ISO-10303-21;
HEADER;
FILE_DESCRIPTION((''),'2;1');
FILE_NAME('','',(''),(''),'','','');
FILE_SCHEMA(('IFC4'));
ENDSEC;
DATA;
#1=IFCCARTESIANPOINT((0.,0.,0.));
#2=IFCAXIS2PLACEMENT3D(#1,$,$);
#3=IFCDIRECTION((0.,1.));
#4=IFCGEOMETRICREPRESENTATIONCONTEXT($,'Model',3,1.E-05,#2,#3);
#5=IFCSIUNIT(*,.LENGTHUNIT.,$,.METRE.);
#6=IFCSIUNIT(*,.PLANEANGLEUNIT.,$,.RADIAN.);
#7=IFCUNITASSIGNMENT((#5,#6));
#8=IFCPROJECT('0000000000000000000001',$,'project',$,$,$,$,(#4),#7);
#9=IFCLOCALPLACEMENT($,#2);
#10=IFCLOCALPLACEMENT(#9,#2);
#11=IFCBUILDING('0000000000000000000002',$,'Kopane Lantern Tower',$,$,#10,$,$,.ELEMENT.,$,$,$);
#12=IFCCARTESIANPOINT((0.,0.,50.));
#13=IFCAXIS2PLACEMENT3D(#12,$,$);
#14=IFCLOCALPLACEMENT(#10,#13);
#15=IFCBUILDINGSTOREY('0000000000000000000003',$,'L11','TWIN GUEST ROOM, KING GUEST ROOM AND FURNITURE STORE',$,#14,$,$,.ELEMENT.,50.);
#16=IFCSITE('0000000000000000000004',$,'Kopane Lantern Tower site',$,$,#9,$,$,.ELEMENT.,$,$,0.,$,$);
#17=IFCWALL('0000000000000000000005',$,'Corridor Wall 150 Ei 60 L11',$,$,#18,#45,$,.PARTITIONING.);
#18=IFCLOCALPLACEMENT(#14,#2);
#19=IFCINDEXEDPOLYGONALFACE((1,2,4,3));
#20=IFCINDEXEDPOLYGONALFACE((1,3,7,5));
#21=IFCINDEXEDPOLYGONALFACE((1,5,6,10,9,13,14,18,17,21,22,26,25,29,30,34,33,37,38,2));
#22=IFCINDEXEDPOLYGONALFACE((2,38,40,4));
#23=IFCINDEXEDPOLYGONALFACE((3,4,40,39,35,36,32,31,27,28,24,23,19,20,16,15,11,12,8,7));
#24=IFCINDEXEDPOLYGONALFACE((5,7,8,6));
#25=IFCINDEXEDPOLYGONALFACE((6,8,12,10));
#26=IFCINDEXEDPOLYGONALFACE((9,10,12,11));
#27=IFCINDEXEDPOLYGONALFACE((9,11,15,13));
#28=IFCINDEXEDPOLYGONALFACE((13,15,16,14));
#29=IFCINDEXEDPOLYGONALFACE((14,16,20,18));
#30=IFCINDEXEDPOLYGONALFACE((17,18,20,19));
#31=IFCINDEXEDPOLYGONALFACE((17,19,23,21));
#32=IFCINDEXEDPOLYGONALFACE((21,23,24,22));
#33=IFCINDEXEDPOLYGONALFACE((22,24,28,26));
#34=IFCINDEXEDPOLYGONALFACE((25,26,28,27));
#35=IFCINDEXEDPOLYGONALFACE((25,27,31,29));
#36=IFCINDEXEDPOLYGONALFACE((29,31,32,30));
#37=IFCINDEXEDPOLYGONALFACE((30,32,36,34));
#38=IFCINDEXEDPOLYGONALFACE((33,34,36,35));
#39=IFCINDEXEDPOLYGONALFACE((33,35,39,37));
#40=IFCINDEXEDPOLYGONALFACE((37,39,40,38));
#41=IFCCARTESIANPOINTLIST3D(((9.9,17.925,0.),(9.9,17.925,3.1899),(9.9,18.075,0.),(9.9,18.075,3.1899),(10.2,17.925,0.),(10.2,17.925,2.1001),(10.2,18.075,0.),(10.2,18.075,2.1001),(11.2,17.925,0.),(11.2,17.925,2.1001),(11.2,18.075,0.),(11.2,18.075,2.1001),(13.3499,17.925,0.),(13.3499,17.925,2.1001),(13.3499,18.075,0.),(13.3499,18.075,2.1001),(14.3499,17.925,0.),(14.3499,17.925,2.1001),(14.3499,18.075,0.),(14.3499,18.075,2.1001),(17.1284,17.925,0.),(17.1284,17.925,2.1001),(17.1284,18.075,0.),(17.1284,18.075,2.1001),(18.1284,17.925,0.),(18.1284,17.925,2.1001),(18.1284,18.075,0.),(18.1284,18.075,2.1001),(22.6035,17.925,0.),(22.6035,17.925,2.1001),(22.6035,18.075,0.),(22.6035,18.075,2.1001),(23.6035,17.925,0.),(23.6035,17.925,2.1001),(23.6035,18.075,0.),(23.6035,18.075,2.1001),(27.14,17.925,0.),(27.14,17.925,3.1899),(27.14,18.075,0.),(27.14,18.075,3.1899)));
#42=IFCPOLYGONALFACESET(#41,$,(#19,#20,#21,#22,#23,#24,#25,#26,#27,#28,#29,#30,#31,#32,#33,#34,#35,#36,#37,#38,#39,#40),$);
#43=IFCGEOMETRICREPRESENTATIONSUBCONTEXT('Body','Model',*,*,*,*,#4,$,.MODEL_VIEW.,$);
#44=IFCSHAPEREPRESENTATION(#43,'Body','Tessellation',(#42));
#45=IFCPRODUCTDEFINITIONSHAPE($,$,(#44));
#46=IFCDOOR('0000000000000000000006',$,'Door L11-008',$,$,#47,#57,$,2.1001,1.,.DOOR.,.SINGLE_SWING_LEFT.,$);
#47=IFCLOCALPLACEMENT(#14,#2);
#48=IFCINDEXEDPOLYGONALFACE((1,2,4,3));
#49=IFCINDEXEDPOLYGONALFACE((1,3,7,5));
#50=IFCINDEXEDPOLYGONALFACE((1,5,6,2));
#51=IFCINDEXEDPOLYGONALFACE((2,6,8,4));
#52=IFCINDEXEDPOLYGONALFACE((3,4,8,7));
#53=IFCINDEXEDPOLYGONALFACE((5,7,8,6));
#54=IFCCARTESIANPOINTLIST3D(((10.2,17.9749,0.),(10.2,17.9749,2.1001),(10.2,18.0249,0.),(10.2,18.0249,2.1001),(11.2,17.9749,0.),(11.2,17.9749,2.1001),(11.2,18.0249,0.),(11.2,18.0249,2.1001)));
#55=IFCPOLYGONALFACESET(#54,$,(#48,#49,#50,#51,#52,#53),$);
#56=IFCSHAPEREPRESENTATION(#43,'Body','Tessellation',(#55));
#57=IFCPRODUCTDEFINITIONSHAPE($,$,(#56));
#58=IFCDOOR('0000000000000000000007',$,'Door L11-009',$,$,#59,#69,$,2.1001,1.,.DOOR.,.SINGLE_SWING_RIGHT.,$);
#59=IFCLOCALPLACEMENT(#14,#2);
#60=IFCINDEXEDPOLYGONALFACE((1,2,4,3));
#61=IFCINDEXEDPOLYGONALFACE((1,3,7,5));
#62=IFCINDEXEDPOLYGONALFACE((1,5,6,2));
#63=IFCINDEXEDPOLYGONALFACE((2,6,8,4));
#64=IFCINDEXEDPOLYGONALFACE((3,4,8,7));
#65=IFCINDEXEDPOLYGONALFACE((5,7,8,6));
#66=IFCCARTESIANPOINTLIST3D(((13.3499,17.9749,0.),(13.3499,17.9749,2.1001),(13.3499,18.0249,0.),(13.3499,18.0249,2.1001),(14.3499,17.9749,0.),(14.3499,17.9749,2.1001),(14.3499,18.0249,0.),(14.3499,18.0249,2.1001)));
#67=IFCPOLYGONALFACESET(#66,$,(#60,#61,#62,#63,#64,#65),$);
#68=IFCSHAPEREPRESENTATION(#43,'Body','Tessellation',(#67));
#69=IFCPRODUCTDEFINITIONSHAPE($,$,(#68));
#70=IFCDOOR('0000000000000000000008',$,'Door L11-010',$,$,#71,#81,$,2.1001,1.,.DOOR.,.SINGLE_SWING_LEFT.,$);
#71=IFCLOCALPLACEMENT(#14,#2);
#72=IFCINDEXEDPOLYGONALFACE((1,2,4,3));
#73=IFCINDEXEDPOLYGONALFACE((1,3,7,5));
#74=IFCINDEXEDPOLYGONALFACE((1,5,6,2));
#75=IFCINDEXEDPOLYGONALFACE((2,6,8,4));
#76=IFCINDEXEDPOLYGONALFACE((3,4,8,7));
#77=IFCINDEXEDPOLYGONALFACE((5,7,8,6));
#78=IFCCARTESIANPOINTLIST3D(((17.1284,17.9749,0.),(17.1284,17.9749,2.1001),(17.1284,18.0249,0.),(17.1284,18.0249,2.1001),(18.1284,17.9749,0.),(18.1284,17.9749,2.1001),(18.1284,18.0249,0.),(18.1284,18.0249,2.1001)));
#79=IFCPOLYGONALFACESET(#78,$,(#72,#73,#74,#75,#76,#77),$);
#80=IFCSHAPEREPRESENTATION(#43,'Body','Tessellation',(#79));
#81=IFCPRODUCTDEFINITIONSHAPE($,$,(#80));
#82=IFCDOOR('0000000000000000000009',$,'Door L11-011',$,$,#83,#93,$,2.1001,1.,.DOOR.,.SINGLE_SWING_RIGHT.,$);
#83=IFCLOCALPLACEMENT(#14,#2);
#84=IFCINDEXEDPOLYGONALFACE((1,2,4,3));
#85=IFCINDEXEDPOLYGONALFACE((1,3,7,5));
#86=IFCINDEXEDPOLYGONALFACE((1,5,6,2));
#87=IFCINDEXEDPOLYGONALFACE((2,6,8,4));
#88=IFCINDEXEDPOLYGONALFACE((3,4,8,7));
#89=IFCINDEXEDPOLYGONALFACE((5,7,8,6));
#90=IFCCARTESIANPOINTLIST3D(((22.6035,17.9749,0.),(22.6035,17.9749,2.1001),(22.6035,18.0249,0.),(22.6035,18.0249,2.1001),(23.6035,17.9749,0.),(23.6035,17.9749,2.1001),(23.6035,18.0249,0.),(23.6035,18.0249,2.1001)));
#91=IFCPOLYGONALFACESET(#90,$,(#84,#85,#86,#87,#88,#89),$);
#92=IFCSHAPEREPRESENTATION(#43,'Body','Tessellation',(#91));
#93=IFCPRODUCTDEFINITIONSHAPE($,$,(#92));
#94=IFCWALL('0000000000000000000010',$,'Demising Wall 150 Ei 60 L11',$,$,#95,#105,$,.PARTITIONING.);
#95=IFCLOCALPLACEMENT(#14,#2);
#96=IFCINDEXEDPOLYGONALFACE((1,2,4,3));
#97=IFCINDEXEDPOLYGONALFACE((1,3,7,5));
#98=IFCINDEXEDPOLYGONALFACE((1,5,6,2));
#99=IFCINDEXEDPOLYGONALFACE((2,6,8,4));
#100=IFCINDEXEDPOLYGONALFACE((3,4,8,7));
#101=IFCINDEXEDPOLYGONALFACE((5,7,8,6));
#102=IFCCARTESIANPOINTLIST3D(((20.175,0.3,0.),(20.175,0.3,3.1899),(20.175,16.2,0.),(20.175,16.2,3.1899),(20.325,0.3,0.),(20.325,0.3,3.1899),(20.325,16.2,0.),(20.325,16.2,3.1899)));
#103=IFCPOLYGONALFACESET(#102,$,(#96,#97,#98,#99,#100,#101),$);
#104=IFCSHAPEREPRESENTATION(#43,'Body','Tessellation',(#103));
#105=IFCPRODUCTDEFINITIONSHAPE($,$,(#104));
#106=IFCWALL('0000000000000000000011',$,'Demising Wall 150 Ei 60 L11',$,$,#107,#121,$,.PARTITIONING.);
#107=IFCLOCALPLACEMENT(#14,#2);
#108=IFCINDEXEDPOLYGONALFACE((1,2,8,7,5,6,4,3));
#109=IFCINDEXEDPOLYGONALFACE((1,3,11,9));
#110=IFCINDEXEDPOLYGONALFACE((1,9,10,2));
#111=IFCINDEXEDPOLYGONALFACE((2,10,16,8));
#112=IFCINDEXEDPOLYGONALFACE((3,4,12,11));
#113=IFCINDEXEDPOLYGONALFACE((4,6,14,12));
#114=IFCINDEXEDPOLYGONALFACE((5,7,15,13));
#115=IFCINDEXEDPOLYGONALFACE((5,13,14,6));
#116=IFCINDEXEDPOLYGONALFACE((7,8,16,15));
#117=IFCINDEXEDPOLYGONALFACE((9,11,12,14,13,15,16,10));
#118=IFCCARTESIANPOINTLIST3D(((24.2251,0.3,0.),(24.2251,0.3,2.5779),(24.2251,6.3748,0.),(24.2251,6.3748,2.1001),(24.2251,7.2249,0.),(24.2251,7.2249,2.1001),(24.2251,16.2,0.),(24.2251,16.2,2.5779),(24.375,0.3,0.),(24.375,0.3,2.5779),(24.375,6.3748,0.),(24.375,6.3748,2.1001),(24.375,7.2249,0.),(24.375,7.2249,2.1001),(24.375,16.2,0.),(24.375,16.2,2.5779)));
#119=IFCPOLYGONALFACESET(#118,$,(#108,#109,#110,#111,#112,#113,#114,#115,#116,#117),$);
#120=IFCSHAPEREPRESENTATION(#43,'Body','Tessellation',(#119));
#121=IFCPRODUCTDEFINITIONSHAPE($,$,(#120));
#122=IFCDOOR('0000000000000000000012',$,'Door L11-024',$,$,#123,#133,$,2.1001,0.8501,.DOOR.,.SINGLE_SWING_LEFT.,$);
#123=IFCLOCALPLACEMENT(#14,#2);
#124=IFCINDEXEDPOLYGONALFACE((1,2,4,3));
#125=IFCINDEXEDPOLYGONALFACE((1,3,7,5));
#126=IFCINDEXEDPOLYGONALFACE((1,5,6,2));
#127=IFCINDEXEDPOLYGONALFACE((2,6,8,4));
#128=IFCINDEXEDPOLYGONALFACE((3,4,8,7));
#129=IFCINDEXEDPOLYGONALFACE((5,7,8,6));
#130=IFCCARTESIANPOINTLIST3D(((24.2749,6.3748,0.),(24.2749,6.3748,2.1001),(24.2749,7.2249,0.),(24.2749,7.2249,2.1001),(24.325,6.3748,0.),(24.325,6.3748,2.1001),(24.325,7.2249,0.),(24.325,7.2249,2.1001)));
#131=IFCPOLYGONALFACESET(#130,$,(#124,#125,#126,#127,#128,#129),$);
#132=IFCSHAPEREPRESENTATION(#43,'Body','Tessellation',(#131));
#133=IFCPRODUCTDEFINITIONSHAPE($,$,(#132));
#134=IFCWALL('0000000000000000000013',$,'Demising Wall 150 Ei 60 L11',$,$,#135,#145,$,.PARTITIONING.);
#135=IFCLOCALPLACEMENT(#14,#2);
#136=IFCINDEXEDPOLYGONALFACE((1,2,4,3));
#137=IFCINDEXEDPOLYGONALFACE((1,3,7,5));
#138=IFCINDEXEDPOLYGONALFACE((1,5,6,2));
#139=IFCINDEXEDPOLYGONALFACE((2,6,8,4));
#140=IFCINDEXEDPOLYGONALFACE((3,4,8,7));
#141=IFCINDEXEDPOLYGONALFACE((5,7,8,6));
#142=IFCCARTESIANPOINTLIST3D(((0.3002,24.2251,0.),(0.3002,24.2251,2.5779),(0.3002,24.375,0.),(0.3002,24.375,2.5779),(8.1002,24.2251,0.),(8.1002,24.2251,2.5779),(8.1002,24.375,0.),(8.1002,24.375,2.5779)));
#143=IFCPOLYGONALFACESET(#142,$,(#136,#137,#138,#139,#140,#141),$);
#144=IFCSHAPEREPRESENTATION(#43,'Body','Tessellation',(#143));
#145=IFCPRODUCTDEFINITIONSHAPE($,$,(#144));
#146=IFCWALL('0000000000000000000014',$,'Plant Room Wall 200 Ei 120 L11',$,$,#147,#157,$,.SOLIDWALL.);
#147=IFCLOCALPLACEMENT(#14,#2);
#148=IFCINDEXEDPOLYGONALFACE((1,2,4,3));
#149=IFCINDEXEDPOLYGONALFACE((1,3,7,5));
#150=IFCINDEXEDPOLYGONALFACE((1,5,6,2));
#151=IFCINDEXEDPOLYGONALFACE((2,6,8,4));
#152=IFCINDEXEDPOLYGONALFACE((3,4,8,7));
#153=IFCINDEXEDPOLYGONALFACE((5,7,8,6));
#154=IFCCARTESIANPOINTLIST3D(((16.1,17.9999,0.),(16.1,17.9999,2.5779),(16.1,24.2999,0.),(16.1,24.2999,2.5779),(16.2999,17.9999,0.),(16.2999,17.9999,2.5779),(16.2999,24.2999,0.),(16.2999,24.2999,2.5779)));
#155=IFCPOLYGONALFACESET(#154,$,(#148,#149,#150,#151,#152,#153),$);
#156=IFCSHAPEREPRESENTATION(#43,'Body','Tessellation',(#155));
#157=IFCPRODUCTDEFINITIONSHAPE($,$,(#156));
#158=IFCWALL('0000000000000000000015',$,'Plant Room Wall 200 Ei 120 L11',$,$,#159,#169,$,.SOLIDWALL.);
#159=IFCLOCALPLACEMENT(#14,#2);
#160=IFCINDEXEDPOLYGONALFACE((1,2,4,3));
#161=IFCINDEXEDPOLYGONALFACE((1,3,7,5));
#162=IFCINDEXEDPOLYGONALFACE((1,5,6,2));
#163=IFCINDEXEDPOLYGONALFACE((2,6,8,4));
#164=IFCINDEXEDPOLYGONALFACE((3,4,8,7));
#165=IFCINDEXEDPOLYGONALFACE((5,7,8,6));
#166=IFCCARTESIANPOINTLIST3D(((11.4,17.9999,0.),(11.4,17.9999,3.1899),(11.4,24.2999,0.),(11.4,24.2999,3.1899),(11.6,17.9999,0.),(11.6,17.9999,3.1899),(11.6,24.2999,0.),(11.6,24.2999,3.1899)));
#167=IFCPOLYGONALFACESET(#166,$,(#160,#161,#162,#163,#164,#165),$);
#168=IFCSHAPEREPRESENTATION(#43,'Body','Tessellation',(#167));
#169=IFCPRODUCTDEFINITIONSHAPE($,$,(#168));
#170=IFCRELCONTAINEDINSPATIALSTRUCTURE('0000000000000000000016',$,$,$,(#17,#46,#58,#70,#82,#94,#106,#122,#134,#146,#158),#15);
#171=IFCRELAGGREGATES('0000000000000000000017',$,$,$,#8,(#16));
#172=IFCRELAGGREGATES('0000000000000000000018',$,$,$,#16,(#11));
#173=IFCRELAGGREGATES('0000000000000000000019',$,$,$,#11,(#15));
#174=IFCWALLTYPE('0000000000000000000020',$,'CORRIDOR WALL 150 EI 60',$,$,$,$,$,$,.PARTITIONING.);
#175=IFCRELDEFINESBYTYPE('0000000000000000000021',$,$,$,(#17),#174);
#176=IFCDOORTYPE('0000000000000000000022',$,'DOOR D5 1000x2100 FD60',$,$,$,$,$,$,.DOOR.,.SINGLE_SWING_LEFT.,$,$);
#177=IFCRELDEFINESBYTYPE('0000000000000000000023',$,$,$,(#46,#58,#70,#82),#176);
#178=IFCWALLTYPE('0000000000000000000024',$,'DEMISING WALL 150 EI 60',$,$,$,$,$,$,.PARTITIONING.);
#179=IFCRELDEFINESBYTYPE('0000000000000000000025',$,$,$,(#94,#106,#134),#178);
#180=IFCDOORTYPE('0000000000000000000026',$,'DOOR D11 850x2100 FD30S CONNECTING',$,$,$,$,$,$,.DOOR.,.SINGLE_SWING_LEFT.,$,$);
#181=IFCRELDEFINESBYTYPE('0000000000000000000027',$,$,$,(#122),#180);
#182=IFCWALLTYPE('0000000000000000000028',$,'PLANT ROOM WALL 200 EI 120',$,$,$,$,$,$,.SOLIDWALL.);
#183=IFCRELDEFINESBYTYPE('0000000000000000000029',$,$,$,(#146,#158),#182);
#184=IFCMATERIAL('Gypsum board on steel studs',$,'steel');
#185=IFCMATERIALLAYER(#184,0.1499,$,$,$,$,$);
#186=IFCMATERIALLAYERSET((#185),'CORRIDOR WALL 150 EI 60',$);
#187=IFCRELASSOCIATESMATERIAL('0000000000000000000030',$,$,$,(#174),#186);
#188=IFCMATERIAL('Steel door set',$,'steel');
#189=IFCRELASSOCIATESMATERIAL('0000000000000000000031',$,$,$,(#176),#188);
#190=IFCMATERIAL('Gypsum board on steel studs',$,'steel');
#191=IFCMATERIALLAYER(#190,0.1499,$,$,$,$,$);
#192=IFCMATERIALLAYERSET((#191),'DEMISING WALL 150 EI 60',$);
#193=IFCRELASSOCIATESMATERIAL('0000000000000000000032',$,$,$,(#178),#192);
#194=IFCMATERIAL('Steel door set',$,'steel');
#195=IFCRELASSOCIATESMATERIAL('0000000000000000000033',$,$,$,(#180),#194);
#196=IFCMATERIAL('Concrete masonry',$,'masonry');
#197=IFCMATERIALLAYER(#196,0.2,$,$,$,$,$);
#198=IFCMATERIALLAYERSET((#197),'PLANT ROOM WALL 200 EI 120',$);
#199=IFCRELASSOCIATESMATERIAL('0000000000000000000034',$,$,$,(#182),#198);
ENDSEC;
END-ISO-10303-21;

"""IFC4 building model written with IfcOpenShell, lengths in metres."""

from ifc_helpers import new_model, si_unit, direction, frame, frame_2d, origin, place, context, subcontext, project, spatial, rectangle, extrude, material, layer, layer_set, type_object, element, fill, save


model = new_model("IFC4")

# Units and contexts
model_context = context("Model", 3, precision=1e-05, world=origin(), true_north=direction((0.0, 1.0)))
body_context = subcontext(model_context, "Body", "Model", "MODEL_VIEW")
ifc_project = project(units=[si_unit("LENGTHUNIT", "METRE"), si_unit("PLANEANGLEUNIT", "RADIAN")], contexts=[model_context])

# Site, building, storey
site_placement = place(None, origin())
site = spatial("IfcSite", under=ifc_project, at=site_placement, Name="Kopane Lantern Tower site", CompositionType="ELEMENT", RefElevation=0.0)
building_placement = place(site_placement, origin())
building = spatial("IfcBuilding", under=site, at=building_placement, Name="Kopane Lantern Tower", CompositionType="ELEMENT")
storey_placement = place(building_placement, frame((0.0, 0.0, 50.0)))
storey = spatial("IfcBuildingStorey", under=building, at=storey_placement, Name="L11", Description="TWIN GUEST ROOM, KING GUEST ROOM AND FURNITURE STORE", CompositionType="ELEMENT", Elevation=50.0)

# Wall, openings, doors
ifc_material_1 = material(Name="Gypsum board on steel studs", Category="steel")
ifc_layer_1 = layer(ifc_material_1, 0.1499)
ifc_layer_set_1 = layer_set([ifc_layer_1], Name="CORRIDOR WALL 150 EI 60")
wall_type_1 = type_object("IfcWallType", Name="CORRIDOR WALL 150 EI 60", PredefinedType="PARTITIONING", material=ifc_layer_set_1)
wall_1_placement = place(storey_placement, frame((9.8999, 18.0, 0.0), z_axis=(0.0, 0.0, 1.0), x_axis=(1.0, 0.0, 0.0)))
wall_1 = element("IfcWall", 1, at=wall_1_placement, inside=storey, type_object=wall_type_1, Name="Corridor Wall 150 Ei 60 L11", PredefinedType="PARTITIONING", context=body_context, shape_type="SweptSolid", body=[
    extrude(rectangle(XDim=17.24, YDim=0.1499, at=frame_2d((8.6201, 0.0))), origin(), (0.0, 0.0, 1.0), 3.1899),
])
opening_1_placement = place(wall_1_placement, frame((0.3, 0.0, 0.0)))
opening_1 = element("IfcOpeningElement", 2, at=opening_1_placement, cuts=wall_1, PredefinedType="OPENING", context=body_context, shape_type="SweptSolid", body=[
    extrude(rectangle(XDim=1.0, YDim=2.1001, at=frame_2d((0.5, 1.05))), frame((0.0, 0.085, 0.0), z_axis=(0.0, -1.0, 0.0), x_axis=(1.0, 0.0, 0.0)), (0.0, 0.0, 1.0), 0.1699),
])
opening_2_placement = place(wall_1_placement, frame((3.45, 0.0, 0.0)))
opening_2 = element("IfcOpeningElement", 3, at=opening_2_placement, cuts=wall_1, PredefinedType="OPENING", context=body_context, shape_type="SweptSolid", body=[
    extrude(rectangle(XDim=1.0, YDim=2.1001, at=frame_2d((0.5, 1.05))), frame((0.0, 0.085, 0.0), z_axis=(0.0, -1.0, 0.0), x_axis=(1.0, 0.0, 0.0)), (0.0, 0.0, 1.0), 0.1699),
])
opening_3_placement = place(wall_1_placement, frame((7.2285, 0.0, 0.0)))
opening_3 = element("IfcOpeningElement", 4, at=opening_3_placement, cuts=wall_1, PredefinedType="OPENING", context=body_context, shape_type="SweptSolid", body=[
    extrude(rectangle(XDim=1.0, YDim=2.1001, at=frame_2d((0.5, 1.05))), frame((0.0, 0.085, 0.0), z_axis=(0.0, -1.0, 0.0), x_axis=(1.0, 0.0, 0.0)), (0.0, 0.0, 1.0), 0.1699),
])
opening_4_placement = place(wall_1_placement, frame((12.7036, 0.0, 0.0)))
opening_4 = element("IfcOpeningElement", 5, at=opening_4_placement, cuts=wall_1, PredefinedType="OPENING", context=body_context, shape_type="SweptSolid", body=[
    extrude(rectangle(XDim=1.0, YDim=2.1001, at=frame_2d((0.5, 1.05))), frame((0.0, 0.085, 0.0), z_axis=(0.0, -1.0, 0.0), x_axis=(1.0, 0.0, 0.0)), (0.0, 0.0, 1.0), 0.1699),
])
ifc_material_2 = material(Name="Steel door set", Category="steel")
door_type_1 = type_object("IfcDoorType", Name="DOOR D5 1000x2100 FD60", OperationType="SINGLE_SWING_LEFT", PredefinedType="DOOR", material=ifc_material_2)
door_1_placement = place(opening_1_placement, origin())
door_1 = element("IfcDoor", 6, at=door_1_placement, inside=storey, type_object=door_type_1, Name="Door L11-008", OperationType="SINGLE_SWING_LEFT", OverallHeight=2.1001, OverallWidth=1.0, PredefinedType="DOOR", context=body_context, shape_type="SweptSolid", body=[
    extrude(rectangle(XDim=1.0, YDim=2.1001, at=frame_2d((0.5, 1.05))), frame((0.0, 0.0249, 0.0), z_axis=(0.0, -1.0, 0.0), x_axis=(1.0, 0.0, 0.0)), (0.0, 0.0, 1.0), 0.05),
])
fill(opening_1, door_1)
door_2_placement = place(opening_2_placement, origin())
door_2 = element("IfcDoor", 7, at=door_2_placement, inside=storey, type_object=door_type_1, Name="Door L11-009", OperationType="SINGLE_SWING_RIGHT", OverallHeight=2.1001, OverallWidth=1.0, PredefinedType="DOOR", context=body_context, shape_type="SweptSolid", body=[
    extrude(rectangle(XDim=1.0, YDim=2.1001, at=frame_2d((0.5, 1.05))), frame((0.0, 0.0249, 0.0), z_axis=(0.0, -1.0, 0.0), x_axis=(1.0, 0.0, 0.0)), (0.0, 0.0, 1.0), 0.05),
])
fill(opening_2, door_2)
door_3_placement = place(opening_3_placement, origin())
door_3 = element("IfcDoor", 8, at=door_3_placement, inside=storey, type_object=door_type_1, Name="Door L11-010", OperationType="SINGLE_SWING_LEFT", OverallHeight=2.1001, OverallWidth=1.0, PredefinedType="DOOR", context=body_context, shape_type="SweptSolid", body=[
    extrude(rectangle(XDim=1.0, YDim=2.1001, at=frame_2d((0.5, 1.05))), frame((0.0, 0.0249, 0.0), z_axis=(0.0, -1.0, 0.0), x_axis=(1.0, 0.0, 0.0)), (0.0, 0.0, 1.0), 0.05),
])
fill(opening_3, door_3)
door_4_placement = place(opening_4_placement, origin())
door_4 = element("IfcDoor", 9, at=door_4_placement, inside=storey, type_object=door_type_1, Name="Door L11-011", OperationType="SINGLE_SWING_RIGHT", OverallHeight=2.1001, OverallWidth=1.0, PredefinedType="DOOR", context=body_context, shape_type="SweptSolid", body=[
    extrude(rectangle(XDim=1.0, YDim=2.1001, at=frame_2d((0.5, 1.05))), frame((0.0, 0.0249, 0.0), z_axis=(0.0, -1.0, 0.0), x_axis=(1.0, 0.0, 0.0)), (0.0, 0.0, 1.0), 0.05),
])
fill(opening_4, door_4)

# Wall
ifc_material_3 = material(Name="Gypsum board on steel studs", Category="steel")
ifc_layer_2 = layer(ifc_material_3, 0.1499)
ifc_layer_set_2 = layer_set([ifc_layer_2], Name="DEMISING WALL 150 EI 60")
wall_type_2 = type_object("IfcWallType", Name="DEMISING WALL 150 EI 60", PredefinedType="PARTITIONING", material=ifc_layer_set_2)
wall_2_placement = place(storey_placement, frame((20.25, 16.2, 0.0), z_axis=(0.0, 0.0, 1.0), x_axis=(0.0, -1.0, 0.0)))
element("IfcWall", 10, at=wall_2_placement, inside=storey, type_object=wall_type_2, Name="Demising Wall 150 Ei 60 L11", PredefinedType="PARTITIONING", context=body_context, shape_type="SweptSolid", body=[
    extrude(rectangle(XDim=15.8999, YDim=0.1499, at=frame_2d((7.95, 0.0))), origin(), (0.0, 0.0, 1.0), 3.1899),
])

# Wall, opening, door
wall_3_placement = place(storey_placement, frame((24.3, 16.2, 0.0), z_axis=(0.0, 0.0, 1.0), x_axis=(0.0, -1.0, 0.0)))
wall_3 = element("IfcWall", 11, at=wall_3_placement, inside=storey, type_object=wall_type_2, Name="Demising Wall 150 Ei 60 L11", PredefinedType="PARTITIONING", context=body_context, shape_type="SweptSolid", body=[
    extrude(rectangle(XDim=15.8999, YDim=0.1499, at=frame_2d((7.95, 0.0))), origin(), (0.0, 0.0, 1.0), 2.5779),
])
opening_5_placement = place(wall_3_placement, frame((8.9751, 0.0, 0.0)))
opening_5 = element("IfcOpeningElement", 12, at=opening_5_placement, cuts=wall_3, PredefinedType="OPENING", context=body_context, shape_type="SweptSolid", body=[
    extrude(rectangle(XDim=0.8501, YDim=2.1001, at=frame_2d((0.425, 1.05))), frame((0.0, 0.085, 0.0), z_axis=(0.0, -1.0, 0.0), x_axis=(1.0, 0.0, 0.0)), (0.0, 0.0, 1.0), 0.1699),
])
ifc_material_4 = material(Name="Steel door set", Category="steel")
door_type_2 = type_object("IfcDoorType", Name="DOOR D11 850x2100 FD30S CONNECTING", OperationType="SINGLE_SWING_LEFT", PredefinedType="DOOR", material=ifc_material_4)
door_5_placement = place(opening_5_placement, origin())
door_5 = element("IfcDoor", 13, at=door_5_placement, inside=storey, type_object=door_type_2, Name="Door L11-024", OperationType="SINGLE_SWING_LEFT", OverallHeight=2.1001, OverallWidth=0.8501, PredefinedType="DOOR", context=body_context, shape_type="SweptSolid", body=[
    extrude(rectangle(XDim=0.8501, YDim=2.1001, at=frame_2d((0.425, 1.05))), frame((0.0, 0.0249, 0.0), z_axis=(0.0, -1.0, 0.0), x_axis=(1.0, 0.0, 0.0)), (0.0, 0.0, 1.0), 0.05),
])
fill(opening_5, door_5)

# Walls
wall_4_placement = place(storey_placement, frame((8.1001, 24.3, 0.0), z_axis=(0.0, 0.0, 1.0), x_axis=(-1.0, 0.0, 0.0)))
element("IfcWall", 14, at=wall_4_placement, inside=storey, type_object=wall_type_2, Name="Demising Wall 150 Ei 60 L11", PredefinedType="PARTITIONING", context=body_context, shape_type="SweptSolid", body=[
    extrude(rectangle(XDim=7.8, YDim=0.1499, at=frame_2d((3.8999, 0.0))), origin(), (0.0, 0.0, 1.0), 2.5779),
])
ifc_material_5 = material(Name="Concrete masonry", Category="masonry")
ifc_layer_3 = layer(ifc_material_5, 0.2)
ifc_layer_set_3 = layer_set([ifc_layer_3], Name="PLANT ROOM WALL 200 EI 120")
wall_type_3 = type_object("IfcWallType", Name="PLANT ROOM WALL 200 EI 120", PredefinedType="SOLIDWALL", material=ifc_layer_set_3)
wall_5_placement = place(storey_placement, frame((16.2, 18.0, 0.0), z_axis=(0.0, 0.0, 1.0), x_axis=(0.0, 1.0, 0.0)))
element("IfcWall", 15, at=wall_5_placement, inside=storey, type_object=wall_type_3, Name="Plant Room Wall 200 Ei 120 L11", PredefinedType="SOLIDWALL", context=body_context, shape_type="SweptSolid", body=[
    extrude(rectangle(XDim=6.3, YDim=0.2, at=frame_2d((3.1499, 0.0))), origin(), (0.0, 0.0, 1.0), 2.5779),
])
for number, where, z_axis, x_axis, name in (
    (16, (11.5, 18.0, 0.0), (0.0, 0.0, 1.0), (0.0, 1.0, 0.0), "Plant Room Wall 200 Ei 120 L11"),
):
    element("IfcWall", number, at=place(storey_placement, frame(where, z_axis=z_axis, x_axis=x_axis)), inside=storey, type_object=wall_type_3, Name=name, PredefinedType="SOLIDWALL", context=body_context, shape_type="SweptSolid", body=[
        extrude(rectangle(XDim=6.3, YDim=0.2, at=frame_2d((3.1499, 0.0))), origin(), (0.0, 0.0, 1.0), 3.1899),
    ])

save(model, "model.ifc")
